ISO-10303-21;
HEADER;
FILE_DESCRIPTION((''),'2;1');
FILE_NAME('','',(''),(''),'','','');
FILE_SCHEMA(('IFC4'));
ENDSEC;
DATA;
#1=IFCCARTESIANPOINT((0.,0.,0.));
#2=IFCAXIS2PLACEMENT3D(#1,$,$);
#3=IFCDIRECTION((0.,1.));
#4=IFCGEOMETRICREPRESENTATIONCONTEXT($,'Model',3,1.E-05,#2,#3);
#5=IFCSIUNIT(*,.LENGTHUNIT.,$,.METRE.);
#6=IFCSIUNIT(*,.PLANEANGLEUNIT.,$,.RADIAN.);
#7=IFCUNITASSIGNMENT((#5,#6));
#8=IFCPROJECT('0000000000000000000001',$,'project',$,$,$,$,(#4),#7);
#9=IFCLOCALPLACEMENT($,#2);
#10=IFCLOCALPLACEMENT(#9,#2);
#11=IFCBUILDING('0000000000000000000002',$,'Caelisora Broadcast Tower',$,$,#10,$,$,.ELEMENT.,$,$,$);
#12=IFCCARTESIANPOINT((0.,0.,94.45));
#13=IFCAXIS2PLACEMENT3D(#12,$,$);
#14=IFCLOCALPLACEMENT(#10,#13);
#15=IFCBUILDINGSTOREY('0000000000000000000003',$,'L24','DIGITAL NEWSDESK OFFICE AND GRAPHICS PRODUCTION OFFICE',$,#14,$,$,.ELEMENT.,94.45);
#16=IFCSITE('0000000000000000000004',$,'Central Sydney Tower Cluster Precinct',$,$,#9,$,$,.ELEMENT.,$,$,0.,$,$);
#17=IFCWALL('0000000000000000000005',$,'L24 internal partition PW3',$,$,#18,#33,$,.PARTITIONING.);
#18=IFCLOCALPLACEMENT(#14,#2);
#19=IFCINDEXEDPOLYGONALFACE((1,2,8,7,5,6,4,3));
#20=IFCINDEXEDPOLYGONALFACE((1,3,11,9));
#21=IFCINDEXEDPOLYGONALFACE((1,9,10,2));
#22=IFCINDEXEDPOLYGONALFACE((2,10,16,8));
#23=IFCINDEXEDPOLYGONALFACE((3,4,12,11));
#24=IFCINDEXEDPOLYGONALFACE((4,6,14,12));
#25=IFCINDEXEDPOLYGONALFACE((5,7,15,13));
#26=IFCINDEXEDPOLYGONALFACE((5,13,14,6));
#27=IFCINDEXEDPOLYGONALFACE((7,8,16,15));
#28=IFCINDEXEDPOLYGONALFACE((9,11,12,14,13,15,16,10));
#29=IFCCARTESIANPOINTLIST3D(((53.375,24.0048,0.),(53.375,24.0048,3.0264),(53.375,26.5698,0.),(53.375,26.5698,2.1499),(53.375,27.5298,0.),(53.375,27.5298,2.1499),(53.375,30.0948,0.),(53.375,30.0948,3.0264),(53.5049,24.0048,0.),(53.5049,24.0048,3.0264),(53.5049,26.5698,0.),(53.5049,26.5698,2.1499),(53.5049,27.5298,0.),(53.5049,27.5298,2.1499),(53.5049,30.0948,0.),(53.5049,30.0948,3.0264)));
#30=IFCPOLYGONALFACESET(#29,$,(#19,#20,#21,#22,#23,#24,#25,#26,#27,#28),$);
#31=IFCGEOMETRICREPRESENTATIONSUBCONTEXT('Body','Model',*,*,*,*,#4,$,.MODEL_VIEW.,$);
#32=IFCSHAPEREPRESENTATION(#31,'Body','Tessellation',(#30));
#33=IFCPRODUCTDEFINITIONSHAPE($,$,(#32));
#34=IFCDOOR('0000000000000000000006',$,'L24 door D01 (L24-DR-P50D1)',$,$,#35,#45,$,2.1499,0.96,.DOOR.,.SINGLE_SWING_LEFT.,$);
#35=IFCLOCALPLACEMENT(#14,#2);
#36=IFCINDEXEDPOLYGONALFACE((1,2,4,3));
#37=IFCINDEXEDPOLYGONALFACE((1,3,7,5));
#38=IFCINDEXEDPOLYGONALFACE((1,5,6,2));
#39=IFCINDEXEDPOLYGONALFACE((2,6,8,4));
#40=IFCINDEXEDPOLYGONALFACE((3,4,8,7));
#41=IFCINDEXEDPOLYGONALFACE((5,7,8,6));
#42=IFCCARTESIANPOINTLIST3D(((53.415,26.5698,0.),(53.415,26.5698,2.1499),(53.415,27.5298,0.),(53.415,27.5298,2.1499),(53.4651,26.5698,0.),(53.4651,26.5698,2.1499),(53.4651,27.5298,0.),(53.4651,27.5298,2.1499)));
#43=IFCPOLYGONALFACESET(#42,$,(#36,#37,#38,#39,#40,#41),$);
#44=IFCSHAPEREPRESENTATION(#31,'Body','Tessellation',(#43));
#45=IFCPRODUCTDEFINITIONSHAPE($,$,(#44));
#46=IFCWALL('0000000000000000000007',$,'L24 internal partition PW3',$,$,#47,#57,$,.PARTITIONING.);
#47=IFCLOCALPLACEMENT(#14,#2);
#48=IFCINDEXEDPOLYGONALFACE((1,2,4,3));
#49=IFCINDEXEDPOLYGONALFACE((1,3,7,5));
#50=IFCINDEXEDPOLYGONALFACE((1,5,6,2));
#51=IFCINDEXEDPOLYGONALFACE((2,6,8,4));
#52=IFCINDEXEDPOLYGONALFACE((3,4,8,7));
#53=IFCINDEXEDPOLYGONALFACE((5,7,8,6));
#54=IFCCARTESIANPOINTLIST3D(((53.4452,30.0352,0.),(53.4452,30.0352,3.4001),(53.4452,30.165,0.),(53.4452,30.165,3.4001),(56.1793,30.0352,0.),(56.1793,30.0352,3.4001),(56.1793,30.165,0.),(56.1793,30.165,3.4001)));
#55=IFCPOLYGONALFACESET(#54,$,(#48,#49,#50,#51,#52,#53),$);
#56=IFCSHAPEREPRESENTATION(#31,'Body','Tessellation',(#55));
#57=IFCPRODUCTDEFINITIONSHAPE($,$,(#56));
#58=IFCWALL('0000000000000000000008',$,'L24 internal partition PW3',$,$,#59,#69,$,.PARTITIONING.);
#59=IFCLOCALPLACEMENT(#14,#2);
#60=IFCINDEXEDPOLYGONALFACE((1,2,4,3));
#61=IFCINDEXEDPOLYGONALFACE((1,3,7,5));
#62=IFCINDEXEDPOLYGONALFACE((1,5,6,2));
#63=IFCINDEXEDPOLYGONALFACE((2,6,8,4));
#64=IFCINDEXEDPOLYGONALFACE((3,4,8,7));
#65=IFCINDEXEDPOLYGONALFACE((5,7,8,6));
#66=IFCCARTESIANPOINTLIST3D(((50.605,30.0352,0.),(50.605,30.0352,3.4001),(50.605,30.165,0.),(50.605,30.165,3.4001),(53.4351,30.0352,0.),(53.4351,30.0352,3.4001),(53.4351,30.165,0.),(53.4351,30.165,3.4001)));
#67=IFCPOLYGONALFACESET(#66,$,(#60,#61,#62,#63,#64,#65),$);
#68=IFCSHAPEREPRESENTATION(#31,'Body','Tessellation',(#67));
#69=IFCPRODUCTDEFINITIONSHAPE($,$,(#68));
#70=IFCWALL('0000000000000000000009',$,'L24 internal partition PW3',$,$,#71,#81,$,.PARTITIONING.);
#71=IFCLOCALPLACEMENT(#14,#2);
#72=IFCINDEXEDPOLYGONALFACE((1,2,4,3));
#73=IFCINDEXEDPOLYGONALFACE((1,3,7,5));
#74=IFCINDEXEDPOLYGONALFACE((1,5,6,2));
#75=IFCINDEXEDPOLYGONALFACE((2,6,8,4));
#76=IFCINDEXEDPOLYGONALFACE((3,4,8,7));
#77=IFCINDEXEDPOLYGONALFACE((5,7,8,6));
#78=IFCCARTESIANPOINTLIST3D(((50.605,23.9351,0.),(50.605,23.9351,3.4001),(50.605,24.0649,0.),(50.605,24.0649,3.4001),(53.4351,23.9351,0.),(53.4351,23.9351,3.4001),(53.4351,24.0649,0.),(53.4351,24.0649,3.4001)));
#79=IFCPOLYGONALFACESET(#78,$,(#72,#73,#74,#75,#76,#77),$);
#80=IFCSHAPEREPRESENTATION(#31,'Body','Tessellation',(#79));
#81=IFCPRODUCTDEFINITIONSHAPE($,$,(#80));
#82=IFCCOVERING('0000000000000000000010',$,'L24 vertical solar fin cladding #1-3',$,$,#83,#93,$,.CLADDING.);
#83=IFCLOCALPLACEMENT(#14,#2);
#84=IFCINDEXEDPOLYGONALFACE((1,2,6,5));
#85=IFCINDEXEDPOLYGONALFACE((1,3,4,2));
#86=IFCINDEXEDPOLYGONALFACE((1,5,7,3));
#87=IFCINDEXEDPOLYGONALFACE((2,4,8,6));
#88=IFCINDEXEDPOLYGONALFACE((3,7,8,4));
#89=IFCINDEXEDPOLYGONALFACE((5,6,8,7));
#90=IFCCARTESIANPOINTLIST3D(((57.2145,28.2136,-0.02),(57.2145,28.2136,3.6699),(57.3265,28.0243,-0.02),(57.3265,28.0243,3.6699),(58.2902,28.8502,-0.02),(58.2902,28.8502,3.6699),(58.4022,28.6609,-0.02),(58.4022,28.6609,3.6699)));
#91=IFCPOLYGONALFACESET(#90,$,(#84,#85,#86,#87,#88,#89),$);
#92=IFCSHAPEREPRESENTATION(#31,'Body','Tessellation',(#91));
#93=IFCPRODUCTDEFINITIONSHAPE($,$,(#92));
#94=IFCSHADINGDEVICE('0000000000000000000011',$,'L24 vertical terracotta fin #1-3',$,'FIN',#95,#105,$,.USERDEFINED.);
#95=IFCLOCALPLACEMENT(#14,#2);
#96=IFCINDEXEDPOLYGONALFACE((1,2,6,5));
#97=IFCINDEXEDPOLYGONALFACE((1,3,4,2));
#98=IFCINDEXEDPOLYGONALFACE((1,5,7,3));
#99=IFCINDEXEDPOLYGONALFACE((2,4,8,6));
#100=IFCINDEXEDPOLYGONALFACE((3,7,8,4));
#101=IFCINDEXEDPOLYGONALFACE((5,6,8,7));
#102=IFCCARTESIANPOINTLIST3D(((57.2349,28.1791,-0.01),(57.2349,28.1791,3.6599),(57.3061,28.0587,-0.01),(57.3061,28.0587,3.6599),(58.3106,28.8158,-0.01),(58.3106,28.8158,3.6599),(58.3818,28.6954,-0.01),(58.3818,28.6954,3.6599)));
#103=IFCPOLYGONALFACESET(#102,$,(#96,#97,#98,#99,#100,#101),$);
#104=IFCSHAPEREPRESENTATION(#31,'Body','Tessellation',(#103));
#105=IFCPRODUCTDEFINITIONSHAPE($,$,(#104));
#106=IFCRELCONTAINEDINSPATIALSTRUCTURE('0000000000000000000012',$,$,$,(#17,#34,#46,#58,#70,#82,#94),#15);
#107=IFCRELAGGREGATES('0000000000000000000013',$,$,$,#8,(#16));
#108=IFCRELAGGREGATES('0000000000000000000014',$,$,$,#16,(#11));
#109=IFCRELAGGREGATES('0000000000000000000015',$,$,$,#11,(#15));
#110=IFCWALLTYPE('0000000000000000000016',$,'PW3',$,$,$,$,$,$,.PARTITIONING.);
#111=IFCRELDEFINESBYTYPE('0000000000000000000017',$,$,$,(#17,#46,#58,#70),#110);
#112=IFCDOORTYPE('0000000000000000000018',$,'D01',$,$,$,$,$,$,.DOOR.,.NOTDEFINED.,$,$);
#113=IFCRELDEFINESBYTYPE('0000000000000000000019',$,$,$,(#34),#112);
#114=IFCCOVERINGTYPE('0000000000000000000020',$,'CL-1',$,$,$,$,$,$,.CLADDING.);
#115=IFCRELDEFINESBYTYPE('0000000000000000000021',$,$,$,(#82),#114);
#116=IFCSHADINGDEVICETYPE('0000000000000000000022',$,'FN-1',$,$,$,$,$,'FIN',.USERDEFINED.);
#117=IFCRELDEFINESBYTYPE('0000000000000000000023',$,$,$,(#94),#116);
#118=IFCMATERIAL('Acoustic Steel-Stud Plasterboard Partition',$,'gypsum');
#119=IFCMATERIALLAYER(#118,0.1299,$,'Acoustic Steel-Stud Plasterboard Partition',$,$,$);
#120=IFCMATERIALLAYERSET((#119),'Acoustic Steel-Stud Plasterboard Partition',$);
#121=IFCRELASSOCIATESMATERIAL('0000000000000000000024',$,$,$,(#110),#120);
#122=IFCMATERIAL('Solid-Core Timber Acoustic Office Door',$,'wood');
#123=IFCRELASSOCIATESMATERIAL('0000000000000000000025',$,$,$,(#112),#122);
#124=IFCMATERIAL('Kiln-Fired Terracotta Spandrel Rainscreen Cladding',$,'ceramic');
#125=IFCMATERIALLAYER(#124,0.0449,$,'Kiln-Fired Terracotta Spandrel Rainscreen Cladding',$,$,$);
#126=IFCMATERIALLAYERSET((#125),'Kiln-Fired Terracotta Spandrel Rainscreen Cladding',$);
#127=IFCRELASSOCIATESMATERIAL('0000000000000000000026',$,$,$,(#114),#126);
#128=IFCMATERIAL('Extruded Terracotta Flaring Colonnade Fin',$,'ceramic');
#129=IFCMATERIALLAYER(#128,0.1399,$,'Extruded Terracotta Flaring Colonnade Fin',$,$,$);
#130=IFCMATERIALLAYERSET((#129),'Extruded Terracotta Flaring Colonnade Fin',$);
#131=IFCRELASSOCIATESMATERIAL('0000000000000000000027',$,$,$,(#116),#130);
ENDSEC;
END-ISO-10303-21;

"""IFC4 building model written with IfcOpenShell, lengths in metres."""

from ifc_helpers import new_model, si_unit, direction, frame, frame_2d, origin, origin_2d, place, context, subcontext, project, spatial, rectangle, extrude, source, transform, mapped, material, layer, layer_set, type_object, type_shapes, element, fill, save


model = new_model("IFC4")

# Units and contexts
model_context = context("Model", 3, precision=1e-05, world=origin(), true_north=direction((0.0, 1.0)))
body_context = subcontext(model_context, "Body", "Model", "MODEL_VIEW")
ifc_project = project(units=[si_unit("LENGTHUNIT", "METRE"), si_unit("PLANEANGLEUNIT", "RADIAN")], contexts=[model_context])

# Site, building, storey
site_placement = place(None, origin())
site = spatial("IfcSite", under=ifc_project, at=site_placement, Name="Central Sydney Tower Cluster Precinct", CompositionType="ELEMENT", RefElevation=0.0)
building_placement = place(site_placement, origin())
building = spatial("IfcBuilding", under=site, at=building_placement, Name="Caelisora Broadcast Tower", CompositionType="ELEMENT")
storey_placement = place(building_placement, frame((0.0, 0.0, 94.45)))
storey = spatial("IfcBuildingStorey", under=building, at=storey_placement, Name="L24", Description="DIGITAL NEWSDESK OFFICE AND GRAPHICS PRODUCTION OFFICE", CompositionType="ELEMENT", Elevation=94.45)

# Shared definitions
ifc_material_1 = material(Name="Acoustic Steel-Stud Plasterboard Partition", Category="gypsum")
ifc_layer_1 = layer(ifc_material_1, 0.1299, Name="Acoustic Steel-Stud Plasterboard Partition")
ifc_layer_set_1 = layer_set([ifc_layer_1], Name="Acoustic Steel-Stud Plasterboard Partition")
wall_type = type_object("IfcWallType", Name="PW3", PredefinedType="PARTITIONING", material=ifc_layer_set_1)

# Wall, opening, door
ifc_material_2 = material(Name="Solid-Core Timber Acoustic Office Door", Category="wood")
door_type = type_object("IfcDoorType", Name="D01", OperationType="NOTDEFINED", PredefinedType="DOOR", material=ifc_material_2)
wall_1_placement = place(storey_placement, frame((53.4399, 24.0049, 0.0), z_axis=(0.0, 0.0, 1.0), x_axis=(0.0, 1.0, 0.0)))
wall_1 = element("IfcWall", 1, at=wall_1_placement, inside=storey, type_object=wall_type, Name="L24 internal partition PW3", PredefinedType="PARTITIONING", context=body_context, shape_type="SweptSolid", body=[
    extrude(rectangle(XDim=6.0901, YDim=0.1299, at=frame_2d((3.0449, 0.0))), origin(), (0.0, 0.0, 1.0), 3.0264),
])
opening_1_placement = place(wall_1_placement, frame((2.5649, 0.0, 0.0)))
opening_1 = element("IfcOpeningElement", 2, at=opening_1_placement, cuts=wall_1, PredefinedType="OPENING", context=body_context, shape_type="SweptSolid", body=[
    extrude(rectangle(XDim=0.96, YDim=2.1499, at=frame_2d((0.48, 1.075))), frame((0.0, 0.0769, 0.0), z_axis=(0.0, -1.0, 0.0), x_axis=(1.0, 0.0, 0.0)), (0.0, 0.0, 1.0), 0.1538),
])
door_1_placement = place(opening_1_placement, origin())
door_1 = element("IfcDoor", 3, at=door_1_placement, inside=storey, type_object=door_type, Name="L24 door D01 (L24-DR-P50D1)", OperationType="SINGLE_SWING_LEFT", OverallHeight=2.1499, OverallWidth=0.96, PredefinedType="DOOR", context=body_context, shape_type="SweptSolid", body=[
    extrude(rectangle(XDim=0.96, YDim=2.1499, at=frame_2d((0.48, 1.075))), frame((0.0, 0.0249, 0.0), z_axis=(0.0, -1.0, 0.0), x_axis=(1.0, 0.0, 0.0)), (0.0, 0.0, 1.0), 0.05),
])
fill(opening_1, door_1)

# Walls
wall_2_placement = place(storey_placement, frame((53.4451, 30.1001, 0.0), z_axis=(0.0, 0.0, 1.0), x_axis=(1.0, 0.0, 0.0)))
element("IfcWall", 4, at=wall_2_placement, inside=storey, type_object=wall_type, Name="L24 internal partition PW3", PredefinedType="PARTITIONING", context=body_context, shape_type="SweptSolid", body=[
    extrude(rectangle(XDim=2.7341, YDim=0.1299, at=frame_2d((1.3672, 0.0))), origin(), (0.0, 0.0, 1.0), 3.4001),
])
for number, where, z_axis, x_axis, name in (
    (5, (50.605, 30.1001, 0.0), (0.0, 0.0, 1.0), (1.0, 0.0, 0.0), "L24 internal partition PW3"),
    (6, (50.605, 24.0, 0.0), (0.0, 0.0, 1.0), (1.0, 0.0, 0.0), "L24 internal partition PW3"),
):
    element("IfcWall", number, at=place(storey_placement, frame(where, z_axis=z_axis, x_axis=x_axis)), inside=storey, type_object=wall_type, Name=name, PredefinedType="PARTITIONING", context=body_context, shape_type="SweptSolid", body=[
        extrude(rectangle(XDim=2.8301, YDim=0.1299, at=frame_2d((1.415, 0.0))), origin(), (0.0, 0.0, 1.0), 3.4001),
    ])

# Covering
ifc_material_3 = material(Name="Kiln-Fired Terracotta Spandrel Rainscreen Cladding", Category="ceramic")
ifc_layer_2 = layer(ifc_material_3, 0.0449, Name="Kiln-Fired Terracotta Spandrel Rainscreen Cladding")
ifc_layer_set_2 = layer_set([ifc_layer_2], Name="Kiln-Fired Terracotta Spandrel Rainscreen Cladding")
covering_type = type_object("IfcCoveringType", Name="CL-1", PredefinedType="CLADDING", material=ifc_layer_set_2)
shared_shape_1 = source(origin(), body_context, "Body", "SweptSolid", [
    extrude(rectangle(XDim=0.22, YDim=1.25, at=origin_2d()), origin(), (0.0, 0.0, 1.0), 3.6899),
])
type_shapes(covering_type, [shared_shape_1])
covering_placement = place(storey_placement, frame((57.8083, 28.4373, -0.02), z_axis=(0.0, 0.0, 1.0), x_axis=(0.509342, -0.860564, 0.0)))
element("IfcCovering", 7, at=covering_placement, inside=storey, type_object=covering_type, Name="L24 vertical solar fin cladding #1-3", PredefinedType="CLADDING", context=body_context, shape_type="MappedRepresentation", body=[
    mapped(shared_shape_1, transform((0.0, 0.0, 0.0), scale=1.0)),
])

# Shading device
ifc_material_4 = material(Name="Extruded Terracotta Flaring Colonnade Fin", Category="ceramic")
ifc_layer_3 = layer(ifc_material_4, 0.1399, Name="Extruded Terracotta Flaring Colonnade Fin")
ifc_layer_set_3 = layer_set([ifc_layer_3], Name="Extruded Terracotta Flaring Colonnade Fin")
shading_device_type = type_object("IfcShadingDeviceType", Name="FN-1", ElementType="FIN", PredefinedType="USERDEFINED", material=ifc_layer_set_3)
shared_shape_2 = source(origin(), body_context, "Body", "SweptSolid", [
    extrude(rectangle(XDim=0.1399, YDim=1.25, at=origin_2d()), origin(), (0.0, 0.0, 1.0), 3.6699),
])
type_shapes(shading_device_type, [shared_shape_2])
shading_device_placement = place(storey_placement, frame((57.8083, 28.4373, -0.01), z_axis=(0.0, 0.0, 1.0), x_axis=(0.509342, -0.860564, 0.0)))
element("IfcShadingDevice", 8, at=shading_device_placement, inside=storey, type_object=shading_device_type, Name="L24 vertical terracotta fin #1-3", ObjectType="FIN", PredefinedType="USERDEFINED", context=body_context, shape_type="MappedRepresentation", body=[
    mapped(shared_shape_2, transform((0.0, 0.0, 0.0), scale=1.0)),
])

save(model, "model.ifc")
